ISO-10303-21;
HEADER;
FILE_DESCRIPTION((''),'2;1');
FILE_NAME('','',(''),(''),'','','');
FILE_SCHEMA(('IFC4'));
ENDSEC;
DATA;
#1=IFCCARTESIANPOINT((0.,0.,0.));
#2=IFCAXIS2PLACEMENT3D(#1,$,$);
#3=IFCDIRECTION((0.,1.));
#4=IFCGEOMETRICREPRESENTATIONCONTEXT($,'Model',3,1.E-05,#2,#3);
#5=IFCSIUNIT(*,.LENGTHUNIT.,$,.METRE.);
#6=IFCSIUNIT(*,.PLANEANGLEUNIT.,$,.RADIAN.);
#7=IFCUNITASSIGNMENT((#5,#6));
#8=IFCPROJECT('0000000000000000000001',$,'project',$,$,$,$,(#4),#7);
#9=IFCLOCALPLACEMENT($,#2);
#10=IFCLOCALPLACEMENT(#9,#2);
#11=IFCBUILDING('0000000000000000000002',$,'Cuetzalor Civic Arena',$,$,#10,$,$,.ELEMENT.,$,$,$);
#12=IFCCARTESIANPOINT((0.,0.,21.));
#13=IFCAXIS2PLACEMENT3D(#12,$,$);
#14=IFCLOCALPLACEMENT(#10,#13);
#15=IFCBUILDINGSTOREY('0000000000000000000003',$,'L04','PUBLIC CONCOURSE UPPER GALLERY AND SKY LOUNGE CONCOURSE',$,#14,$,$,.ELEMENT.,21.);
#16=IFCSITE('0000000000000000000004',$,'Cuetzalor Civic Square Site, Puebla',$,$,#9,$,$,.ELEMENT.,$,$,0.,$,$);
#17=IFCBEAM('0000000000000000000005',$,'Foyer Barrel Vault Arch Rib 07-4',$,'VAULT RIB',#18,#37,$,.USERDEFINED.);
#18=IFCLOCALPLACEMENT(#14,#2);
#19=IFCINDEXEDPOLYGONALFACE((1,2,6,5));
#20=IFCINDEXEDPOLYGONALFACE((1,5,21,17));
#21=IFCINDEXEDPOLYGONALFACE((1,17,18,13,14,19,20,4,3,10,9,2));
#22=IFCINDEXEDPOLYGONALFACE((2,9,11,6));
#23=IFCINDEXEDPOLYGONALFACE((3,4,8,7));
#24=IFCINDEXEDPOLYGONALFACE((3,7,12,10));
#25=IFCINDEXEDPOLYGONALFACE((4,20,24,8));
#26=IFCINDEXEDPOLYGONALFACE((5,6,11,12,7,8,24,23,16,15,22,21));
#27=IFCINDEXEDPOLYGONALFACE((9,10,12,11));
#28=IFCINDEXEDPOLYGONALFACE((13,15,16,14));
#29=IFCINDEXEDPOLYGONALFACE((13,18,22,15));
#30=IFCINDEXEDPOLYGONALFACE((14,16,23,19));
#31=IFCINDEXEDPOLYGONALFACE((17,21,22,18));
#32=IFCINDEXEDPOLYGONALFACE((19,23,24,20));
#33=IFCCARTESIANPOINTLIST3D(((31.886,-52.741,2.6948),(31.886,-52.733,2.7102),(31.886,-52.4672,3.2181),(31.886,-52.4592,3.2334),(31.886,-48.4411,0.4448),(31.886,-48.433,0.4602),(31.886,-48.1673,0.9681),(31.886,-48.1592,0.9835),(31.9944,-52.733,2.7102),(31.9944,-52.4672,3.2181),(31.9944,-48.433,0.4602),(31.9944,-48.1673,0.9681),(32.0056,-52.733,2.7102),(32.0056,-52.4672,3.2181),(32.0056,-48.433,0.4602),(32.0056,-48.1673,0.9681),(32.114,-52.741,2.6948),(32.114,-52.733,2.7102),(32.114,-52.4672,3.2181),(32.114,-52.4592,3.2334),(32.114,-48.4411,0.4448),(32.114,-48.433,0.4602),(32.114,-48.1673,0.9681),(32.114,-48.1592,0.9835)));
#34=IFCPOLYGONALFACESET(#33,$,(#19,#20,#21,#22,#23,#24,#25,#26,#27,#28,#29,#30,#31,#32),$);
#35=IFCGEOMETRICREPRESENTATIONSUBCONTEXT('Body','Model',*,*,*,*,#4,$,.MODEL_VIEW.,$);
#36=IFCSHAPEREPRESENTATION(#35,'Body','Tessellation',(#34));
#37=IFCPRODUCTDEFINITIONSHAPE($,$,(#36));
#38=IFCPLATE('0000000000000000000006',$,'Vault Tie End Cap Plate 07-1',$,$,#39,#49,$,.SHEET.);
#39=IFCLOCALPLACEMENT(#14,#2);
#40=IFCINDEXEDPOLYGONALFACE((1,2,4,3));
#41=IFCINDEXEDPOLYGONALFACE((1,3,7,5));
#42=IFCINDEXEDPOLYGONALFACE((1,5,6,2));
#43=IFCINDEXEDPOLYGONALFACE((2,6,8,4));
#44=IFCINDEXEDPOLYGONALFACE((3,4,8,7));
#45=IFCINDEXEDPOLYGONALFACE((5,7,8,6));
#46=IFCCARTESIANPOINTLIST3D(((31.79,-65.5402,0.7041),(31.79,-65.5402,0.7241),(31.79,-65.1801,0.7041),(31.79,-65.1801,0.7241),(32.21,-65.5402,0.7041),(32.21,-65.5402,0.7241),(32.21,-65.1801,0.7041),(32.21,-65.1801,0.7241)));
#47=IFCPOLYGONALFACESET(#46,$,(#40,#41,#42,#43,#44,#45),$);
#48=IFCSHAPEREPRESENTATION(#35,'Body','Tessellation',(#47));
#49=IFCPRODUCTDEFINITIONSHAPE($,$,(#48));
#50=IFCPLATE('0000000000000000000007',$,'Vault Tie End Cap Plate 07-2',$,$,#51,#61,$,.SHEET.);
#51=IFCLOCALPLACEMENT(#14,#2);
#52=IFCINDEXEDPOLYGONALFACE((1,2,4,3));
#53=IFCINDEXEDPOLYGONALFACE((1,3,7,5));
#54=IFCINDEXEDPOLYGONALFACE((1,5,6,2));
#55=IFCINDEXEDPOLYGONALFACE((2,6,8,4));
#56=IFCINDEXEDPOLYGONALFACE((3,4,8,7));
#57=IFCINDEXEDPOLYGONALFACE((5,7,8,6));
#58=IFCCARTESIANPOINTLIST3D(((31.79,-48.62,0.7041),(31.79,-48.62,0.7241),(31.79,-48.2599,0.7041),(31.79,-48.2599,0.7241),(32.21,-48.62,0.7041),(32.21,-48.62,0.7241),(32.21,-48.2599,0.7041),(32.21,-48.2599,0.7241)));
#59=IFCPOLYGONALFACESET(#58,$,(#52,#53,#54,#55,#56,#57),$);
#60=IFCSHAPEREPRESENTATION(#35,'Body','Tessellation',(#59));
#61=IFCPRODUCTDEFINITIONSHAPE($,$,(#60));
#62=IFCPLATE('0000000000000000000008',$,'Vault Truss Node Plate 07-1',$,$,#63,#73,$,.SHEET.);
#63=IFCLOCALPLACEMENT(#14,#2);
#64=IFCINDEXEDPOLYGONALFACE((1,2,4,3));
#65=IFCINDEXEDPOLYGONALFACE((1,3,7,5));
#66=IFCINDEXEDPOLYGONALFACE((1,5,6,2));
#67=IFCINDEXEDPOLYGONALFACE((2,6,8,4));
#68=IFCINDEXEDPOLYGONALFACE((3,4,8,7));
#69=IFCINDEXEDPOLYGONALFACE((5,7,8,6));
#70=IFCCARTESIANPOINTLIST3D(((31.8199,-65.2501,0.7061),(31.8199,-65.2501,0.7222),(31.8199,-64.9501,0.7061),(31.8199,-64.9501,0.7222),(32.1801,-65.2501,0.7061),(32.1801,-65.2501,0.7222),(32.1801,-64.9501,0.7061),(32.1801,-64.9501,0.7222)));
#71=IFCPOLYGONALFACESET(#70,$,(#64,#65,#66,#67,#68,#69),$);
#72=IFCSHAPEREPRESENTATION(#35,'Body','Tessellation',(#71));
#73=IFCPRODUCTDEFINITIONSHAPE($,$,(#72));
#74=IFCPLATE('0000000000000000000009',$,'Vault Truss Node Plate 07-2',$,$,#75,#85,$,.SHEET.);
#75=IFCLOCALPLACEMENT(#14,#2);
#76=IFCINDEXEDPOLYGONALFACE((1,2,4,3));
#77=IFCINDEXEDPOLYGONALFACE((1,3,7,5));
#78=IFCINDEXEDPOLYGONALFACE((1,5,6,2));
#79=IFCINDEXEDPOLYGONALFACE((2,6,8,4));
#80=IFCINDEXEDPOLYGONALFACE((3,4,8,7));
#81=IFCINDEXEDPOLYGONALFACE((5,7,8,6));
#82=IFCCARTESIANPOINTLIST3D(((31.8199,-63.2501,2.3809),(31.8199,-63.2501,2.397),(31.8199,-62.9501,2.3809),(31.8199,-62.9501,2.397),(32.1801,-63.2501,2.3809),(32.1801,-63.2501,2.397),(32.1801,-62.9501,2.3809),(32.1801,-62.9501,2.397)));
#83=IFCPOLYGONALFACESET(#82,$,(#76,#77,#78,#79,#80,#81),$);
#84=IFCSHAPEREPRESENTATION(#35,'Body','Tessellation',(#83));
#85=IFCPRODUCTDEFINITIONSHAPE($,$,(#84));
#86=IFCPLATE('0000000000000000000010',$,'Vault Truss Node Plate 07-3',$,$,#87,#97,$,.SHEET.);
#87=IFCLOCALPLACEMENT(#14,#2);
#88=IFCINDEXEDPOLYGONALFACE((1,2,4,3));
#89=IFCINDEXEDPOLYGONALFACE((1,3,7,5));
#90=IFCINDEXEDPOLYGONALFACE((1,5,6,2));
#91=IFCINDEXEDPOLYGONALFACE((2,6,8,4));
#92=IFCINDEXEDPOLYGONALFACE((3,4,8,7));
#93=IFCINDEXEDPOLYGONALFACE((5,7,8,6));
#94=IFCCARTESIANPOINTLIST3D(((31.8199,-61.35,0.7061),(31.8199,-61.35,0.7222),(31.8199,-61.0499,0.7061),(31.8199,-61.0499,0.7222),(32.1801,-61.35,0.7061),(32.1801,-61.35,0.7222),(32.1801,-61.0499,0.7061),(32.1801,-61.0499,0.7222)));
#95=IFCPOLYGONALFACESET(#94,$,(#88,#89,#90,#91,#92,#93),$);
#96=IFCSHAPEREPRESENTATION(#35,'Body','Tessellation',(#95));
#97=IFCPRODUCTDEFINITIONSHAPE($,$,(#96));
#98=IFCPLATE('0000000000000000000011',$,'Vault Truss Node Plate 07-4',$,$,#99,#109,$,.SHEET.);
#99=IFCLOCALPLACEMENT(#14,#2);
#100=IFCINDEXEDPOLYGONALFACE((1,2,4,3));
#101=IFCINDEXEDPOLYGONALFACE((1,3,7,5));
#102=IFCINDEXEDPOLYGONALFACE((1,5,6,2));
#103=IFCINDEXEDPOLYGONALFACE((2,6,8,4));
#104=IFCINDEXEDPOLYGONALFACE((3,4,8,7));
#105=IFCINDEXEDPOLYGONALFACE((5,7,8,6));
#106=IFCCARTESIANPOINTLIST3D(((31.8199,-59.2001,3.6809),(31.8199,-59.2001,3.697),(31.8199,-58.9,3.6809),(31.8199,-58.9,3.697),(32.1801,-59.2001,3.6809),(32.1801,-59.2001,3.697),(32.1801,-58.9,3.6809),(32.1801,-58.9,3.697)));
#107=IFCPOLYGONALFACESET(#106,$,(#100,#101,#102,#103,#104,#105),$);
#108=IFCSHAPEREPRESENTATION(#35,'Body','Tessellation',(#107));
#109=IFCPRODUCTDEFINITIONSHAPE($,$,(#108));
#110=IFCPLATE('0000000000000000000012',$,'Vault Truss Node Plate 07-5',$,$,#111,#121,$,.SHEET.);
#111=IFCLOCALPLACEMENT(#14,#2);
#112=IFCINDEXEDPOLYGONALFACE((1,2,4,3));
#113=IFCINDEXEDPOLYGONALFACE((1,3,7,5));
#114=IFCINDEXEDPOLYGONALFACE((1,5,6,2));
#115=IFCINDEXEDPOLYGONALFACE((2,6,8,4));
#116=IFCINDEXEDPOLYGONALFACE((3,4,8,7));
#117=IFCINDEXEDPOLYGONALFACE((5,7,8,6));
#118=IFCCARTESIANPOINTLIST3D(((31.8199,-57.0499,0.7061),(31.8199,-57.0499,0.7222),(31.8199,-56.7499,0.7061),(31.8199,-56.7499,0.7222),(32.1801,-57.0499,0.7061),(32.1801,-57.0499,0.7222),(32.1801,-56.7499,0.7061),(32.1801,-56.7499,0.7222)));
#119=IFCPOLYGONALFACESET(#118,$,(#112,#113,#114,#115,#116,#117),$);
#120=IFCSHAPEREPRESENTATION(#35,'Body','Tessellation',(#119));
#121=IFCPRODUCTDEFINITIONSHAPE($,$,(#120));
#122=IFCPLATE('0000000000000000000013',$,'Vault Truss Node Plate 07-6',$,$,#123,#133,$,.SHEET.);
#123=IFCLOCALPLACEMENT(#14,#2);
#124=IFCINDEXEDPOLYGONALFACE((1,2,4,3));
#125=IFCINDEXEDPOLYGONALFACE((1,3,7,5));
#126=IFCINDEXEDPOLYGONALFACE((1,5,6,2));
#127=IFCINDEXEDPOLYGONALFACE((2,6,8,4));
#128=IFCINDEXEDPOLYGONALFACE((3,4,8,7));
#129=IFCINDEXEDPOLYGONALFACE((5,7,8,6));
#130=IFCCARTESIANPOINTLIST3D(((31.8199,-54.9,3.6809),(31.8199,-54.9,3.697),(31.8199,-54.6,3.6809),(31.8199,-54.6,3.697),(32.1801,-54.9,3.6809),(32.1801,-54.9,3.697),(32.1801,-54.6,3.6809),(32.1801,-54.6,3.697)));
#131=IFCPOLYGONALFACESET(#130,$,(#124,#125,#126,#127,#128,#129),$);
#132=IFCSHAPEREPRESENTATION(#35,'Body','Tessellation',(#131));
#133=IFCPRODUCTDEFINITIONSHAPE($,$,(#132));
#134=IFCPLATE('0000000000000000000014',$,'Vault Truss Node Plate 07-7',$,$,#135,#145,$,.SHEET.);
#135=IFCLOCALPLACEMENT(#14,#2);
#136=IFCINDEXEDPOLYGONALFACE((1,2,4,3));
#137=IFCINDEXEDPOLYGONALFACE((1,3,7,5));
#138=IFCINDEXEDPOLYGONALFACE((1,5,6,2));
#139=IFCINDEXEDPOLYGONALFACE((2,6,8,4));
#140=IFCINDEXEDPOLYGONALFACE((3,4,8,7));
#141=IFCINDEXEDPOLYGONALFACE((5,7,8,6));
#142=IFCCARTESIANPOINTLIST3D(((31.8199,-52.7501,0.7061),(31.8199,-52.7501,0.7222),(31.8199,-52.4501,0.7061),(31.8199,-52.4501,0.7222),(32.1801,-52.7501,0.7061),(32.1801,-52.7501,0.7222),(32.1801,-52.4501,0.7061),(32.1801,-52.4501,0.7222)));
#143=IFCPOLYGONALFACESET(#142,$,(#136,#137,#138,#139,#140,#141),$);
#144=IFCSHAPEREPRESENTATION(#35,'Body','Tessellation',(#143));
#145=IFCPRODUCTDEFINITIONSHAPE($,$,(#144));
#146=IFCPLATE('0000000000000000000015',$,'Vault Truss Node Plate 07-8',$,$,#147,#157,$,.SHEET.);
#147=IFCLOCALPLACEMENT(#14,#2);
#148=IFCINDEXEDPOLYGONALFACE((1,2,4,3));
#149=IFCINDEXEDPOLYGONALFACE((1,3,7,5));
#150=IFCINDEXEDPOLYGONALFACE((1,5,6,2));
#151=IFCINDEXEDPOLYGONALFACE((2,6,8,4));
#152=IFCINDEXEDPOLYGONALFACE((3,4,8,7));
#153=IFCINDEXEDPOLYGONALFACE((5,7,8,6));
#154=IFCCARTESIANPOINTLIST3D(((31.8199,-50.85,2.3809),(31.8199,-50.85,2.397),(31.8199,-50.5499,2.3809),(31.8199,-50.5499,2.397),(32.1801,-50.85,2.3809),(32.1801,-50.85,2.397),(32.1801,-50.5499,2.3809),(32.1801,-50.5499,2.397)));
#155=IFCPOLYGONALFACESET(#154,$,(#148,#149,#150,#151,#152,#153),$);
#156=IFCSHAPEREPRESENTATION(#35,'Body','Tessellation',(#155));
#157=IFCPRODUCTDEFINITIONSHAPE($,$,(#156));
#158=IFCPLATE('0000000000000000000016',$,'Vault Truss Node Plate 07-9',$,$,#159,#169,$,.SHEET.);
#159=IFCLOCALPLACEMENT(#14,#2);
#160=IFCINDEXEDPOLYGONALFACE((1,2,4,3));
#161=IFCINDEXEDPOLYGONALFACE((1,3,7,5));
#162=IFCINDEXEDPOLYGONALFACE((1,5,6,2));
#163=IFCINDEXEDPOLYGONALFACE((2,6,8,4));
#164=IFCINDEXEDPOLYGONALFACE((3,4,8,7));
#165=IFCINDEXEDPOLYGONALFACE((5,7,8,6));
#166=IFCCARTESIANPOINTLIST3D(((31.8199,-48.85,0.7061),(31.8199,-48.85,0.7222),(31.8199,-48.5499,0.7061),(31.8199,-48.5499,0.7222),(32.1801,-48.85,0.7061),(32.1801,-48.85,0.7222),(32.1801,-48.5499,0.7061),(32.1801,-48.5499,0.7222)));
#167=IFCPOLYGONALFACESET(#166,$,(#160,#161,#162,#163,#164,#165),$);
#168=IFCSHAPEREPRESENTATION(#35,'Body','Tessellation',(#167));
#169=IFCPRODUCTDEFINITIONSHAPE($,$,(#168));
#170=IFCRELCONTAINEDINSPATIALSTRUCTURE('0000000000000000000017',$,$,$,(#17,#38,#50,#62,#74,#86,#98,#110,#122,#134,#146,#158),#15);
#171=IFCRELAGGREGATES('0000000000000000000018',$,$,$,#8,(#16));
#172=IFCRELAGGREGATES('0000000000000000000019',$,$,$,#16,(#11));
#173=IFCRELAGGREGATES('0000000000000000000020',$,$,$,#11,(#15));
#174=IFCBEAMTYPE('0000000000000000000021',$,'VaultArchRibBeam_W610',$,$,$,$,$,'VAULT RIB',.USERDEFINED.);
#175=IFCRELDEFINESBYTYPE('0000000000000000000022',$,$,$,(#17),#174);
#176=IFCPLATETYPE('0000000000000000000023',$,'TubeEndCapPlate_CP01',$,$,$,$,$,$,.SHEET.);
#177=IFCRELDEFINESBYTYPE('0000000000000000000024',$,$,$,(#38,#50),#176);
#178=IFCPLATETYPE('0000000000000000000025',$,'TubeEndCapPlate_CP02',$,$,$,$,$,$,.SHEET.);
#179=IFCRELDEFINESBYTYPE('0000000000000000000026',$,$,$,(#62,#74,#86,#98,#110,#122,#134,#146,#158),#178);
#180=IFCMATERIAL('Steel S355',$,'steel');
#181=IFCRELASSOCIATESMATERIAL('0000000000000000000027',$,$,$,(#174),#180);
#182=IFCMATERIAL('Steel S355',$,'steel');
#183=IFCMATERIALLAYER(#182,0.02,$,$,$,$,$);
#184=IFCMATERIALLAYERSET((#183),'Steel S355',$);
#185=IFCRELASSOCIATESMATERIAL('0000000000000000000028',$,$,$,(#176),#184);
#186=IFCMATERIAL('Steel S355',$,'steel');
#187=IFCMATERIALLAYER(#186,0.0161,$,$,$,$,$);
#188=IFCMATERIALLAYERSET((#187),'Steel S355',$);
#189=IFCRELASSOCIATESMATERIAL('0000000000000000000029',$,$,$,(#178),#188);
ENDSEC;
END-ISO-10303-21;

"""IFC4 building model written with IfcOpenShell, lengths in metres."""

from ifc_helpers import new_model, si_unit, direction, frame, origin, origin_2d, place, context, subcontext, project, spatial, rectangle, i_section, extrude, material, layer, layer_set, material_profile, profile_set, type_object, element, save


model = new_model("IFC4")

# Units and contexts
model_context = context("Model", 3, precision=1e-05, world=origin(), true_north=direction((0.0, 1.0)))
body_context = subcontext(model_context, "Body", "Model", "MODEL_VIEW")
ifc_project = project(units=[si_unit("LENGTHUNIT", "METRE"), si_unit("PLANEANGLEUNIT", "RADIAN")], contexts=[model_context])

# Site, building, storey
site_placement = place(None, origin())
site = spatial("IfcSite", under=ifc_project, at=site_placement, Name="Cuetzalor Civic Square Site, Puebla", CompositionType="ELEMENT", RefElevation=0.0)
building_placement = place(site_placement, origin())
building = spatial("IfcBuilding", under=site, at=building_placement, Name="Cuetzalor Civic Arena", CompositionType="ELEMENT")
storey_placement = place(building_placement, frame((0.0, 0.0, 21.0)))
storey = spatial("IfcBuildingStorey", under=building, at=storey_placement, Name="L04", Description="PUBLIC CONCOURSE UPPER GALLERY AND SKY LOUNGE CONCOURSE", CompositionType="ELEMENT", Elevation=21.0)

# Beam
ifc_material_1 = material(Name="Steel S355", Category="steel")
ifc_material_profile_1 = material_profile(ifc_material_1, i_section(OverallWidth=0.228, OverallDepth=0.6079, WebThickness=0.0112, FlangeThickness=0.0173, at=origin_2d()), Name="W610x113")
ifc_profile_set_1 = profile_set([ifc_material_profile_1], Name="Steel S355")
beam_type_1 = type_object("IfcBeamType", Name="VaultArchRibBeam_W610", ElementType="VAULT RIB", PredefinedType="USERDEFINED", material=ifc_profile_set_1)
beam_1_placement = place(storey_placement, frame((32.0, -52.6001, 2.9641), z_axis=(0.0, 0.886035, -0.463618), x_axis=(-1.0, 0.0, 0.0)))
element("IfcBeam", 1, at=beam_1_placement, inside=storey, type_object=beam_type_1, Name="Foyer Barrel Vault Arch Rib 07-4", ObjectType="VAULT RIB", PredefinedType="USERDEFINED", context=body_context, shape_type="SweptSolid", body=[
    extrude(i_section(OverallWidth=0.228, OverallDepth=0.6079, WebThickness=0.0112, FlangeThickness=0.0173, at=origin_2d()), origin(), (0.0, 0.0, 1.0), 4.853),
])

# Plates
ifc_material_2 = material(Name="Steel S355", Category="steel")
ifc_layer_1 = layer(ifc_material_2, 0.02)
ifc_layer_set_1 = layer_set([ifc_layer_1], Name="Steel S355")
plate_type_1 = type_object("IfcPlateType", Name="TubeEndCapPlate_CP01", PredefinedType="SHEET", material=ifc_layer_set_1)
for number, where, z_axis, x_axis, name in (
    (2, (32.0, -65.3601, 0.7041), (0.0, 0.0, 1.0), (1.0, 0.0, 0.0), "Vault Tie End Cap Plate 07-1"),
    (3, (32.0, -48.4399, 0.7041), (0.0, 0.0, 1.0), (1.0, 0.0, 0.0), "Vault Tie End Cap Plate 07-2"),
):
    element("IfcPlate", number, at=place(storey_placement, frame(where, z_axis=z_axis, x_axis=x_axis)), inside=storey, type_object=plate_type_1, Name=name, PredefinedType="SHEET", context=body_context, shape_type="SweptSolid", body=[
        extrude(rectangle(XDim=0.4199, YDim=0.3601, at=origin_2d()), origin(), (0.0, 0.0, 1.0), 0.02),
    ])
ifc_material_3 = material(Name="Steel S355", Category="steel")
ifc_layer_2 = layer(ifc_material_3, 0.0161)
ifc_layer_set_2 = layer_set([ifc_layer_2], Name="Steel S355")
plate_type_2 = type_object("IfcPlateType", Name="TubeEndCapPlate_CP02", PredefinedType="SHEET", material=ifc_layer_set_2)
for number, where, z_axis, x_axis, name in (
    (4, (32.0, -65.1001, 0.7061), (0.0, 0.0, 1.0), (1.0, 0.0, 0.0), "Vault Truss Node Plate 07-1"),
    (5, (32.0, -63.1001, 2.3809), (0.0, 0.0, 1.0), (1.0, 0.0, 0.0), "Vault Truss Node Plate 07-2"),
    (6, (32.0, -61.2, 0.7061), (0.0, 0.0, 1.0), (1.0, 0.0, 0.0), "Vault Truss Node Plate 07-3"),
    (7, (32.0, -59.05, 3.6809), (0.0, 0.0, 1.0), (1.0, 0.0, 0.0), "Vault Truss Node Plate 07-4"),
    (8, (32.0, -56.8999, 0.7061), (0.0, 0.0, 1.0), (1.0, 0.0, 0.0), "Vault Truss Node Plate 07-5"),
    (9, (32.0, -54.75, 3.6809), (0.0, 0.0, 1.0), (1.0, 0.0, 0.0), "Vault Truss Node Plate 07-6"),
    (10, (32.0, -52.6001, 0.7061), (0.0, 0.0, 1.0), (1.0, 0.0, 0.0), "Vault Truss Node Plate 07-7"),
    (11, (32.0, -50.7, 2.3809), (0.0, 0.0, 1.0), (1.0, 0.0, 0.0), "Vault Truss Node Plate 07-8"),
    (12, (32.0, -48.7, 0.7061), (0.0, 0.0, 1.0), (1.0, 0.0, 0.0), "Vault Truss Node Plate 07-9"),
):
    element("IfcPlate", number, at=place(storey_placement, frame(where, z_axis=z_axis, x_axis=x_axis)), inside=storey, type_object=plate_type_2, Name=name, PredefinedType="SHEET", context=body_context, shape_type="SweptSolid", body=[
        extrude(rectangle(XDim=0.3601, YDim=0.3, at=origin_2d()), origin(), (0.0, 0.0, 1.0), 0.0161),
    ])

save(model, "model.ifc")
